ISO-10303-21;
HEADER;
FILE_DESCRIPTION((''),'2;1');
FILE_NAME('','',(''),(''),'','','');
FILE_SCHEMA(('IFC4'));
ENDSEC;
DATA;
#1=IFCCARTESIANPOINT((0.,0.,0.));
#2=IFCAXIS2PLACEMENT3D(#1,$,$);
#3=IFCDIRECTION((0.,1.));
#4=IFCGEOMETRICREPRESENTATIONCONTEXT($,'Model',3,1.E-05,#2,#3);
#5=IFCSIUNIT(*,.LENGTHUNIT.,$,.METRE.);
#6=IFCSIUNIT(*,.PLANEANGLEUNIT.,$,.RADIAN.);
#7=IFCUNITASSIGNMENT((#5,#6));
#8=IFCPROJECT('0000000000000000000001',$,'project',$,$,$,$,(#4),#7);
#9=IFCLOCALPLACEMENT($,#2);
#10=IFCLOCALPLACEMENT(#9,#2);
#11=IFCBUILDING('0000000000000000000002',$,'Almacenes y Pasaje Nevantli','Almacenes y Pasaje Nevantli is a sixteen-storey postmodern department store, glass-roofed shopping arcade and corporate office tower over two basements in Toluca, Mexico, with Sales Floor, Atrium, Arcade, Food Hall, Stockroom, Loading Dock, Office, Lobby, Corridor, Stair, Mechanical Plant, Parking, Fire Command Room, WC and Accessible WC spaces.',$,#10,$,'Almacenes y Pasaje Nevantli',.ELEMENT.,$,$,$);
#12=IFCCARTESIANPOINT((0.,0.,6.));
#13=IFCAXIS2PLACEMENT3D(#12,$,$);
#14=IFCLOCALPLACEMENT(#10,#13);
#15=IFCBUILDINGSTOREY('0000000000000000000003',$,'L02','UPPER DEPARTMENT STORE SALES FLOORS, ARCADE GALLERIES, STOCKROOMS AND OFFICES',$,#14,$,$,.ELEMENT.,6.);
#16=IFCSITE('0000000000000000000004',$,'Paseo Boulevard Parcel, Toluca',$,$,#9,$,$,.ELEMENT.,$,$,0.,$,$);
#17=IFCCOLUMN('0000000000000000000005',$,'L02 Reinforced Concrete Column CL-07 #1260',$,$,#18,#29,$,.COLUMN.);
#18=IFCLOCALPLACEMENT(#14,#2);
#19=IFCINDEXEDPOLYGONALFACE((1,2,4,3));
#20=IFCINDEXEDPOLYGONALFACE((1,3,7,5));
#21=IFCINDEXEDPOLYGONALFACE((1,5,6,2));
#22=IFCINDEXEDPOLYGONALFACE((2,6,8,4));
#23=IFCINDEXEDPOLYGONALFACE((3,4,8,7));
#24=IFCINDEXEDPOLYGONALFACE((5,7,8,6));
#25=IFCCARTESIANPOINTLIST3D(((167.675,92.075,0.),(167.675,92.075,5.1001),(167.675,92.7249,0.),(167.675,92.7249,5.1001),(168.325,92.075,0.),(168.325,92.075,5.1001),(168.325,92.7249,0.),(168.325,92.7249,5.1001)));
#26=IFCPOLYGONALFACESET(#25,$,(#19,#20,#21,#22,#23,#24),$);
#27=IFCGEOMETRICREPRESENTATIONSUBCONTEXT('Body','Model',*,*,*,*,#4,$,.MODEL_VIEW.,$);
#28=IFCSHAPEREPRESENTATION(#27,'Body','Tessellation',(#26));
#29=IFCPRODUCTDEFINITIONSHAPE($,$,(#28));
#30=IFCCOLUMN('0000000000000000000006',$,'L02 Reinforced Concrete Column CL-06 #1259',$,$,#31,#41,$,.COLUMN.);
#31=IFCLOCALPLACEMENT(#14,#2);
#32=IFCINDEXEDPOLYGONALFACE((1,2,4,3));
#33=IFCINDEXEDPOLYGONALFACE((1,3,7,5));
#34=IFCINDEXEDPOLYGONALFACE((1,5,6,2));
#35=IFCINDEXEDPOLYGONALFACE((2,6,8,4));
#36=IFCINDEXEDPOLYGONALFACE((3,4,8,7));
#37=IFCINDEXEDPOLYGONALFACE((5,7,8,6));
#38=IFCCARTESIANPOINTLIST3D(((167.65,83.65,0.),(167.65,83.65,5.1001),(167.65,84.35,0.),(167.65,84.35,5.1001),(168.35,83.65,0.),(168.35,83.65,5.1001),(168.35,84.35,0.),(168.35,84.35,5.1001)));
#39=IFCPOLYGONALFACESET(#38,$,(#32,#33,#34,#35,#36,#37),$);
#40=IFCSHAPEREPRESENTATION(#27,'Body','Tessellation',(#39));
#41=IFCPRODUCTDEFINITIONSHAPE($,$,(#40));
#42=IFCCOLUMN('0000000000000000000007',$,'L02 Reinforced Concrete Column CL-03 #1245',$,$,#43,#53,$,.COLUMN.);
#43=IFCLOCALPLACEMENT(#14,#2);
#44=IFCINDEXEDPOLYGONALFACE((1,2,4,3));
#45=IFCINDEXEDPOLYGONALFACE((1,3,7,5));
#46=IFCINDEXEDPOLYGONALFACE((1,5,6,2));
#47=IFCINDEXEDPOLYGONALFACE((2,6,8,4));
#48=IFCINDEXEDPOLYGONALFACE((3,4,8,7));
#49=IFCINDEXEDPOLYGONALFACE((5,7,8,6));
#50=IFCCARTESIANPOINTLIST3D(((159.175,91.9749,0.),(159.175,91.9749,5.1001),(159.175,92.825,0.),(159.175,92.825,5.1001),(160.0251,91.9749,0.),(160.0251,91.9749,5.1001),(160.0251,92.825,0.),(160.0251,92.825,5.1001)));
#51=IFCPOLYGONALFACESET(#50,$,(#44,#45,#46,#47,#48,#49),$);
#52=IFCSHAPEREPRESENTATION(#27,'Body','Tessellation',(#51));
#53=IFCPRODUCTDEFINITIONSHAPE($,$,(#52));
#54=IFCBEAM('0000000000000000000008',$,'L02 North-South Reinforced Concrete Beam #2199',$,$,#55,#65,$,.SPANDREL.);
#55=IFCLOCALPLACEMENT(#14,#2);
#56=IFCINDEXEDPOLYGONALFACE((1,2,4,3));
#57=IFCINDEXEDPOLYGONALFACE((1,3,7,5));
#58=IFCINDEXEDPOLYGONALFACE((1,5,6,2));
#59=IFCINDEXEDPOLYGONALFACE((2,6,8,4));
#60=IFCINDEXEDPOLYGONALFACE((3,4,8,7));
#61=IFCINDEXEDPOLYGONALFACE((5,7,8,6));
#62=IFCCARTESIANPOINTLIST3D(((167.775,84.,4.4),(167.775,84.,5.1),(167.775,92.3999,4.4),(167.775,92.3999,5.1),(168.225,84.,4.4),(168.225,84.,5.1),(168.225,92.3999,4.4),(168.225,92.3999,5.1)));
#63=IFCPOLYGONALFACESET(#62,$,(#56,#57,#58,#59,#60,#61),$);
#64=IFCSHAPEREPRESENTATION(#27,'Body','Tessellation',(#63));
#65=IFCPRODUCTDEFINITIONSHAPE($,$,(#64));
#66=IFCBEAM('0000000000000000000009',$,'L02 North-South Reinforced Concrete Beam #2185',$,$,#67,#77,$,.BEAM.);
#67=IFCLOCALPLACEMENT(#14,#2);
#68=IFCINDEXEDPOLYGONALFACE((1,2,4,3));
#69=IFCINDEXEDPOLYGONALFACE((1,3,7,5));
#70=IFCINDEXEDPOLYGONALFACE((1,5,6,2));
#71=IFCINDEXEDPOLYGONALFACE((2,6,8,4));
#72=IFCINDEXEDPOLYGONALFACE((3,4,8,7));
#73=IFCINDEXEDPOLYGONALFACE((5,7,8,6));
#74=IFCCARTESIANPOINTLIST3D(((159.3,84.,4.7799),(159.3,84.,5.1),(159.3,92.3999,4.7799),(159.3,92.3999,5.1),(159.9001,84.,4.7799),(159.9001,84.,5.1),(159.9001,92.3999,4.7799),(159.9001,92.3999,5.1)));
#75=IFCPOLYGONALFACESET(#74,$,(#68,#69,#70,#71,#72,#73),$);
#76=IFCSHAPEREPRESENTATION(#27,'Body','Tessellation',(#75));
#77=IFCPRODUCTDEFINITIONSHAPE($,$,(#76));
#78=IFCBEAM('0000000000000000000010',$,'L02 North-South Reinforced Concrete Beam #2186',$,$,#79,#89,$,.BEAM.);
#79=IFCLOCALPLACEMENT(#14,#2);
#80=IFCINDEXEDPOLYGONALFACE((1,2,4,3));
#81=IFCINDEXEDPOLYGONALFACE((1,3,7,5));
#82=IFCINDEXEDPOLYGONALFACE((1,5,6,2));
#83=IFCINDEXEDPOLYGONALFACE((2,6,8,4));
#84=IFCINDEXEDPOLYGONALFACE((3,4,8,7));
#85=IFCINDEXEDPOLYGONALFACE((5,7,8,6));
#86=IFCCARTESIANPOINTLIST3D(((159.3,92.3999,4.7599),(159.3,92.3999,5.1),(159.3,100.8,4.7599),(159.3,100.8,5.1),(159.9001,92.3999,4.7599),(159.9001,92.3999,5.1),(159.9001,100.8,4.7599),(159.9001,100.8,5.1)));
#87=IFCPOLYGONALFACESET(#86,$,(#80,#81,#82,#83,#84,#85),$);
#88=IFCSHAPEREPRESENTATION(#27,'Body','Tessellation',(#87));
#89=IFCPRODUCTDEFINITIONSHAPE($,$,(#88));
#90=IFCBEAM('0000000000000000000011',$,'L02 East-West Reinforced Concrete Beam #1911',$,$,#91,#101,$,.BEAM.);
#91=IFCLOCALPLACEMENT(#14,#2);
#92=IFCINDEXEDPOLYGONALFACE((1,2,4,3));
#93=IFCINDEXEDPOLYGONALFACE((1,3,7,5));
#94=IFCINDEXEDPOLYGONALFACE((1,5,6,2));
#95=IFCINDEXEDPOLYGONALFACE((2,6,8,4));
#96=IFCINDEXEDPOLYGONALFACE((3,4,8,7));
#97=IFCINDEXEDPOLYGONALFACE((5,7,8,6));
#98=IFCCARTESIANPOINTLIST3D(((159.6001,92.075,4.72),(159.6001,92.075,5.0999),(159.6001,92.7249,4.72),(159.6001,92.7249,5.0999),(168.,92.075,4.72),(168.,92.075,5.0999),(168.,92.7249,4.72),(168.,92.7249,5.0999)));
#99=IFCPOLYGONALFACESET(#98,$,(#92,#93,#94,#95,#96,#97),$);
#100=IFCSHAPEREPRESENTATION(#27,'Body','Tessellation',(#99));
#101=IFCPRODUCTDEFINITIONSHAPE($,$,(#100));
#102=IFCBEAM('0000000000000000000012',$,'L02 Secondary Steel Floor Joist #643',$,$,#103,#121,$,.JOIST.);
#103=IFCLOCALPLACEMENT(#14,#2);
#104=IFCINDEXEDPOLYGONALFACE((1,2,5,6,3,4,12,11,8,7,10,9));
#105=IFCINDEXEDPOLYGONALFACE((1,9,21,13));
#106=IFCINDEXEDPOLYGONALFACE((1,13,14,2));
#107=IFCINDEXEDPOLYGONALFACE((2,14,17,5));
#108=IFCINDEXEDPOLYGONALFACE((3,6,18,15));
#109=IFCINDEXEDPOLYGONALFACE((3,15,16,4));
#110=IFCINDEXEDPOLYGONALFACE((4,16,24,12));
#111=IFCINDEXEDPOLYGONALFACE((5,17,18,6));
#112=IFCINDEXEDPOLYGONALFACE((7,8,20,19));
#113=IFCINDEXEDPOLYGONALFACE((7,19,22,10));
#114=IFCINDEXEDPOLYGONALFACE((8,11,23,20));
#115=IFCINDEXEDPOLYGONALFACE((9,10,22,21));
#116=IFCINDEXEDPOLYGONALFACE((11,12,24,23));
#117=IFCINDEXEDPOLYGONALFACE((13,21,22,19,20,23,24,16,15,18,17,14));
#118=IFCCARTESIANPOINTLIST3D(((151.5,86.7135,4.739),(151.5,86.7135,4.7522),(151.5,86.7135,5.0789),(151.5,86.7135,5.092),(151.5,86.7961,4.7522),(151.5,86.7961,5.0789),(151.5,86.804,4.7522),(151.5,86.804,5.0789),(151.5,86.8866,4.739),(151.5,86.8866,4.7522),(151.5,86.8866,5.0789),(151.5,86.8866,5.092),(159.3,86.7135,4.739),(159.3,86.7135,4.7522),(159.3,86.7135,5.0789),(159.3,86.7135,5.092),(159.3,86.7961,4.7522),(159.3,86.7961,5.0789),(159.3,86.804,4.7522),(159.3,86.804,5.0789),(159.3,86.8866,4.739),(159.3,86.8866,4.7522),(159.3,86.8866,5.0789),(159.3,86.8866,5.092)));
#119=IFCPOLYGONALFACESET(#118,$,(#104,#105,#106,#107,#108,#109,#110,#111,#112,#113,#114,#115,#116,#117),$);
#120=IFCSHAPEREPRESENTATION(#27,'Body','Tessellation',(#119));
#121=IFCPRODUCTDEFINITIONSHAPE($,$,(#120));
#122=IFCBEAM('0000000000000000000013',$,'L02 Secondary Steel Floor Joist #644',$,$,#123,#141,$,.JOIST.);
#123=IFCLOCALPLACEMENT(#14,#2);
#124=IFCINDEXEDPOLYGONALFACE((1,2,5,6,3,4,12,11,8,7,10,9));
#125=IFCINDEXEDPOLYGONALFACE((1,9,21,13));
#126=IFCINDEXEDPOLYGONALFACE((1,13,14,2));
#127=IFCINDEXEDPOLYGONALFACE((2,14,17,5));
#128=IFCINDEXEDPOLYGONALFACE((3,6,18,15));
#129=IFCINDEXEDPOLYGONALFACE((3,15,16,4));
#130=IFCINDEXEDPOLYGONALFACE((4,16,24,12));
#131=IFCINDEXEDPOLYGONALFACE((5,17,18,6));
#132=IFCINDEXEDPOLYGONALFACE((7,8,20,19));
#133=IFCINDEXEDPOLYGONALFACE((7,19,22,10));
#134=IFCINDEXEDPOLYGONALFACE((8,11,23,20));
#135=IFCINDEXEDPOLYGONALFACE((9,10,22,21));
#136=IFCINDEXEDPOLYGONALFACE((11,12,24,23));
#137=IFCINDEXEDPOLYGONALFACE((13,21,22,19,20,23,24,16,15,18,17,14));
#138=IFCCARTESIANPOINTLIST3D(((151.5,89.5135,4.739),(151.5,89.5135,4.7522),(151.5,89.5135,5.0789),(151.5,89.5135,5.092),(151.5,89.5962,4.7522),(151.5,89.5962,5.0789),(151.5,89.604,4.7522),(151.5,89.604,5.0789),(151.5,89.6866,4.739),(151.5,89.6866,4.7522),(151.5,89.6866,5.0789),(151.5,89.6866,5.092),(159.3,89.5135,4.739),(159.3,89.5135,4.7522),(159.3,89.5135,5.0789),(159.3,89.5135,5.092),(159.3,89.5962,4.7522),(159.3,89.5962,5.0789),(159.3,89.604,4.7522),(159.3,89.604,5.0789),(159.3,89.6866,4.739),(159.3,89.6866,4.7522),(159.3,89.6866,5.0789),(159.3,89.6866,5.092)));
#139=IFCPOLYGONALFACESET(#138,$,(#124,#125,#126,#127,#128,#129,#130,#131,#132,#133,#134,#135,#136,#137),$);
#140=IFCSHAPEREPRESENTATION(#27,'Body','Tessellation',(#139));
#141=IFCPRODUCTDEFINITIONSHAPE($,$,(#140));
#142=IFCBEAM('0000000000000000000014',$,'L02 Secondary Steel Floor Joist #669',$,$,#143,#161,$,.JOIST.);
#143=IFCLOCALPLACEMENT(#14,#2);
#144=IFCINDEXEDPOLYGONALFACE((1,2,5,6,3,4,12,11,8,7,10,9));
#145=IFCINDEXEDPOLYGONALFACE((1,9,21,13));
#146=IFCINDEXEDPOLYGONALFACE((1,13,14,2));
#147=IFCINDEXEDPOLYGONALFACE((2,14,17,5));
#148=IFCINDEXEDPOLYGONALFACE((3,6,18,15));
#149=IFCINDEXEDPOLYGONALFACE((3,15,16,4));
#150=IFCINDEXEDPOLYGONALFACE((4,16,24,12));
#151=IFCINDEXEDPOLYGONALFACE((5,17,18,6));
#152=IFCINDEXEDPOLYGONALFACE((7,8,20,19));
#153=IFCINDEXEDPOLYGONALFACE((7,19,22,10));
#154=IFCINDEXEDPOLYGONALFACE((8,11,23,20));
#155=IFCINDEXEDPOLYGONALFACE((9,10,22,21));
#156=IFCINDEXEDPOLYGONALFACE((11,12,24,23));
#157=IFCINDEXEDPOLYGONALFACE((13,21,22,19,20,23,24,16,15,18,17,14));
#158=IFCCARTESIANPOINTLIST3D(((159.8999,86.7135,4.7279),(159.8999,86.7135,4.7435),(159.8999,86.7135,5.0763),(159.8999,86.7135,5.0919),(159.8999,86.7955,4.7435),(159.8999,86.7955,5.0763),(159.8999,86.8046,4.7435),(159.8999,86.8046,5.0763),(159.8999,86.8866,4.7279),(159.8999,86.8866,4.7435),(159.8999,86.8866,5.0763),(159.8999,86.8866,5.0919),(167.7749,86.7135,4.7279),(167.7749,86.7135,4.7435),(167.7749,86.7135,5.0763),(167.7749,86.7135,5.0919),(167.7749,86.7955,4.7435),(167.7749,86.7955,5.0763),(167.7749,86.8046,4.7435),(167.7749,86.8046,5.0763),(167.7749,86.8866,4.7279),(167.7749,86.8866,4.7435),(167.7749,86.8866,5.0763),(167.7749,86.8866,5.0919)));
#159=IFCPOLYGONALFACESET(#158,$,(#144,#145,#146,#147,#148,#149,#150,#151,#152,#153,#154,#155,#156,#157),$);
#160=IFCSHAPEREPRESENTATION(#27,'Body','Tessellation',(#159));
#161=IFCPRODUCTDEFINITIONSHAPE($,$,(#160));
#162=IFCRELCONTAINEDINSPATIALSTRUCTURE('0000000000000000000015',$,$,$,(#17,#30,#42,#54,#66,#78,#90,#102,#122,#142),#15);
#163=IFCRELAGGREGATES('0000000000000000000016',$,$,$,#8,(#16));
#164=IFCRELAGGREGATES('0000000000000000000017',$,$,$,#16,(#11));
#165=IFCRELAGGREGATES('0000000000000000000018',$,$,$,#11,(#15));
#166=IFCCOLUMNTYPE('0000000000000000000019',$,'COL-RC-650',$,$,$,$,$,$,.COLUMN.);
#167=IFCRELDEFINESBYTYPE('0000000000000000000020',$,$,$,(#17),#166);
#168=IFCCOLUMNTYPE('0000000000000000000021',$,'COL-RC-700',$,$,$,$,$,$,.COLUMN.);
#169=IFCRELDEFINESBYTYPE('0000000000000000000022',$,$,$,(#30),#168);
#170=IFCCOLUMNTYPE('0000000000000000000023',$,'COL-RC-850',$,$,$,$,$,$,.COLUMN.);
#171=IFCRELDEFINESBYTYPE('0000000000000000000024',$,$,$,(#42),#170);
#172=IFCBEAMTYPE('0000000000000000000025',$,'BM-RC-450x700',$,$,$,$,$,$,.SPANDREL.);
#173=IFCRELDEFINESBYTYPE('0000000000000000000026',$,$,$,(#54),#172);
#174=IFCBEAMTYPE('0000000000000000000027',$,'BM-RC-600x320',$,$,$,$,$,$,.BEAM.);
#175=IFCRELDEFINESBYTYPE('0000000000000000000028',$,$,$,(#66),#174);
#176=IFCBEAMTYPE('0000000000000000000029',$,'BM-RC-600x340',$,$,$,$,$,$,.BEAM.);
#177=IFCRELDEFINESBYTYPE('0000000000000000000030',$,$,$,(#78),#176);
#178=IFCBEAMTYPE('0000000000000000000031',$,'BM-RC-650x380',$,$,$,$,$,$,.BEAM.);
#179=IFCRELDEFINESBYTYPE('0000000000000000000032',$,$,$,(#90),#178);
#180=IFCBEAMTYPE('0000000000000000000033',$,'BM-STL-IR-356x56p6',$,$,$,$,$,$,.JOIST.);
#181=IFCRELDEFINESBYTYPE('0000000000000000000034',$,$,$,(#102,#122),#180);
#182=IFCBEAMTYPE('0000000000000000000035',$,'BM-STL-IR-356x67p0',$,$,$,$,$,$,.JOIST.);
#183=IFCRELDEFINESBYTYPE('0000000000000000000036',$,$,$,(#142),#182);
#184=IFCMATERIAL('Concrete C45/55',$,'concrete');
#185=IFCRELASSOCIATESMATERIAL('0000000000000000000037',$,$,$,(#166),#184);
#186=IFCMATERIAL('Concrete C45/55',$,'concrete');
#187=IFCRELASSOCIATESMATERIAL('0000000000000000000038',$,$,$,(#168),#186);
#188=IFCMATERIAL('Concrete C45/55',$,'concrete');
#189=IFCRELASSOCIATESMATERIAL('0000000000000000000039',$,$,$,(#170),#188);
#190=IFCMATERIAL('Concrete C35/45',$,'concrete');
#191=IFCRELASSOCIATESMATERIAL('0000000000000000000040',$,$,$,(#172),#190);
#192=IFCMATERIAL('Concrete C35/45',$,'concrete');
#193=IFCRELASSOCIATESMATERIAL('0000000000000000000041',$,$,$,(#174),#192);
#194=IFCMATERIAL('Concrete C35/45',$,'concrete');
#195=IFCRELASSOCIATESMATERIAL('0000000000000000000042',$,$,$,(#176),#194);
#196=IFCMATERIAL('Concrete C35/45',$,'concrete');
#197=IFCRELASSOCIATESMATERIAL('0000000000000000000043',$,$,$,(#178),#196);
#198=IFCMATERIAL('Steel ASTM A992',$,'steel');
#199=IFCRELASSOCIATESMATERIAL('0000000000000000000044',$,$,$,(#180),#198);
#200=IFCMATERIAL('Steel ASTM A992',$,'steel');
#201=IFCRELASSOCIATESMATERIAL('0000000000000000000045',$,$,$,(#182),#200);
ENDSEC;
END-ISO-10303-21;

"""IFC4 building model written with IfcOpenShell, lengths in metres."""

from ifc_helpers import new_model, si_unit, direction, frame, origin, origin_2d, place, context, subcontext, project, spatial, rectangle, i_section, extrude, material, material_profile, profile_set, type_object, element, save


model = new_model("IFC4")

# Units and contexts
model_context = context("Model", 3, precision=1e-05, world=origin(), true_north=direction((0.0, 1.0)))
body_context = subcontext(model_context, "Body", "Model", "MODEL_VIEW")
ifc_project = project(units=[si_unit("LENGTHUNIT", "METRE"), si_unit("PLANEANGLEUNIT", "RADIAN")], contexts=[model_context])

# Site, building, storey
site_placement = place(None, origin())
site = spatial("IfcSite", under=ifc_project, at=site_placement, Name="Paseo Boulevard Parcel, Toluca", CompositionType="ELEMENT", RefElevation=0.0)
building_placement = place(site_placement, origin())
building = spatial("IfcBuilding", under=site, at=building_placement, Name="Almacenes y Pasaje Nevantli", Description="Almacenes y Pasaje Nevantli is a sixteen-storey postmodern department store, glass-roofed shopping arcade and corporate office tower over two basements in Toluca, Mexico, with Sales Floor, Atrium, Arcade, Food Hall, Stockroom, Loading Dock, Office, Lobby, Corridor, Stair, Mechanical Plant, Parking, Fire Command Room, WC and Accessible WC spaces.", LongName="Almacenes y Pasaje Nevantli", CompositionType="ELEMENT")
storey_placement = place(building_placement, frame((0.0, 0.0, 6.0)))
storey = spatial("IfcBuildingStorey", under=building, at=storey_placement, Name="L02", Description="UPPER DEPARTMENT STORE SALES FLOORS, ARCADE GALLERIES, STOCKROOMS AND OFFICES", CompositionType="ELEMENT", Elevation=6.0)

# Columns
ifc_material_1 = material(Name="Concrete C45/55", Category="concrete")
ifc_material_profile_1 = material_profile(ifc_material_1, rectangle(XDim=0.6499, YDim=0.6499, at=origin_2d()), Name="RC-COL-650x650")
ifc_profile_set_1 = profile_set([ifc_material_profile_1], Name="Concrete C45/55")
column_type_1 = type_object("IfcColumnType", Name="COL-RC-650", PredefinedType="COLUMN", material=ifc_profile_set_1)
column_1_placement = place(storey_placement, frame((168.0, 92.3999, 0.0), z_axis=(0.0, 0.0, 1.0), x_axis=(1.0, 0.0, 0.0)))
element("IfcColumn", 1, at=column_1_placement, inside=storey, type_object=column_type_1, Name="L02 Reinforced Concrete Column CL-07 #1260", PredefinedType="COLUMN", context=body_context, shape_type="SweptSolid", body=[
    extrude(rectangle(XDim=0.6499, YDim=0.6499, at=origin_2d()), origin(), (0.0, 0.0, 1.0), 5.1001),
])
ifc_material_2 = material(Name="Concrete C45/55", Category="concrete")
ifc_material_profile_2 = material_profile(ifc_material_2, rectangle(XDim=0.7, YDim=0.7, at=origin_2d()), Name="RC-COL-700x700")
ifc_profile_set_2 = profile_set([ifc_material_profile_2], Name="Concrete C45/55")
column_type_2 = type_object("IfcColumnType", Name="COL-RC-700", PredefinedType="COLUMN", material=ifc_profile_set_2)
column_2_placement = place(storey_placement, frame((168.0, 84.0, 0.0), z_axis=(0.0, 0.0, 1.0), x_axis=(1.0, 0.0, 0.0)))
element("IfcColumn", 2, at=column_2_placement, inside=storey, type_object=column_type_2, Name="L02 Reinforced Concrete Column CL-06 #1259", PredefinedType="COLUMN", context=body_context, shape_type="SweptSolid", body=[
    extrude(rectangle(XDim=0.7, YDim=0.7, at=origin_2d()), origin(), (0.0, 0.0, 1.0), 5.1001),
])
ifc_material_3 = material(Name="Concrete C45/55", Category="concrete")
ifc_material_profile_3 = material_profile(ifc_material_3, rectangle(XDim=0.8501, YDim=0.8501, at=origin_2d()), Name="RC-COL-850x850")
ifc_profile_set_3 = profile_set([ifc_material_profile_3], Name="Concrete C45/55")
column_type_3 = type_object("IfcColumnType", Name="COL-RC-850", PredefinedType="COLUMN", material=ifc_profile_set_3)
column_3_placement = place(storey_placement, frame((159.6001, 92.3999, 0.0), z_axis=(0.0, 0.0, 1.0), x_axis=(1.0, 0.0, 0.0)))
element("IfcColumn", 3, at=column_3_placement, inside=storey, type_object=column_type_3, Name="L02 Reinforced Concrete Column CL-03 #1245", PredefinedType="COLUMN", context=body_context, shape_type="SweptSolid", body=[
    extrude(rectangle(XDim=0.8501, YDim=0.8501, at=origin_2d()), origin(), (0.0, 0.0, 1.0), 5.1001),
])

# Beams
ifc_material_4 = material(Name="Concrete C35/45", Category="concrete")
ifc_material_profile_4 = material_profile(ifc_material_4, rectangle(XDim=0.45, YDim=0.7, at=origin_2d()), Name="RC-BM-450x700")
ifc_profile_set_4 = profile_set([ifc_material_profile_4], Name="Concrete C35/45")
beam_type_1 = type_object("IfcBeamType", Name="BM-RC-450x700", PredefinedType="SPANDREL", material=ifc_profile_set_4)
beam_1_placement = place(storey_placement, frame((168.0, 84.0, 4.75), z_axis=(0.0, 1.0, 0.0), x_axis=(-1.0, 0.0, 0.0)))
element("IfcBeam", 4, at=beam_1_placement, inside=storey, type_object=beam_type_1, Name="L02 North-South Reinforced Concrete Beam #2199", PredefinedType="SPANDREL", context=body_context, shape_type="SweptSolid", body=[
    extrude(rectangle(XDim=0.45, YDim=0.7, at=origin_2d()), origin(), (0.0, 0.0, 1.0), 8.3999),
])
ifc_material_5 = material(Name="Concrete C35/45", Category="concrete")
ifc_material_profile_5 = material_profile(ifc_material_5, rectangle(XDim=0.6001, YDim=0.3201, at=origin_2d()), Name="RC-BM-600x320")
ifc_profile_set_5 = profile_set([ifc_material_profile_5], Name="Concrete C35/45")
beam_type_2 = type_object("IfcBeamType", Name="BM-RC-600x320", PredefinedType="BEAM", material=ifc_profile_set_5)
beam_2_placement = place(storey_placement, frame((159.6001, 84.0, 4.9399), z_axis=(0.0, 1.0, 0.0), x_axis=(-1.0, 0.0, 0.0)))
element("IfcBeam", 5, at=beam_2_placement, inside=storey, type_object=beam_type_2, Name="L02 North-South Reinforced Concrete Beam #2185", PredefinedType="BEAM", context=body_context, shape_type="SweptSolid", body=[
    extrude(rectangle(XDim=0.6001, YDim=0.3201, at=origin_2d()), origin(), (0.0, 0.0, 1.0), 8.3999),
])
ifc_material_6 = material(Name="Concrete C35/45", Category="concrete")
ifc_material_profile_6 = material_profile(ifc_material_6, rectangle(XDim=0.6001, YDim=0.3401, at=origin_2d()), Name="RC-BM-600x340")
ifc_profile_set_6 = profile_set([ifc_material_profile_6], Name="Concrete C35/45")
beam_type_3 = type_object("IfcBeamType", Name="BM-RC-600x340", PredefinedType="BEAM", material=ifc_profile_set_6)
beam_3_placement = place(storey_placement, frame((159.6001, 92.3999, 4.9299), z_axis=(0.0, 1.0, 0.0), x_axis=(-1.0, 0.0, 0.0)))
element("IfcBeam", 6, at=beam_3_placement, inside=storey, type_object=beam_type_3, Name="L02 North-South Reinforced Concrete Beam #2186", PredefinedType="BEAM", context=body_context, shape_type="SweptSolid", body=[
    extrude(rectangle(XDim=0.6001, YDim=0.3401, at=origin_2d()), origin(), (0.0, 0.0, 1.0), 8.4001),
])
ifc_material_7 = material(Name="Concrete C35/45", Category="concrete")
ifc_material_profile_7 = material_profile(ifc_material_7, rectangle(XDim=0.6499, YDim=0.3799, at=origin_2d()), Name="RC-BM-650x380")
ifc_profile_set_7 = profile_set([ifc_material_profile_7], Name="Concrete C35/45")
beam_type_4 = type_object("IfcBeamType", Name="BM-RC-650x380", PredefinedType="BEAM", material=ifc_profile_set_7)
beam_4_placement = place(storey_placement, frame((159.6001, 92.3999, 4.9099), z_axis=(1.0, 0.0, 0.0), x_axis=(0.0, 1.0, 0.0)))
element("IfcBeam", 7, at=beam_4_placement, inside=storey, type_object=beam_type_4, Name="L02 East-West Reinforced Concrete Beam #1911", PredefinedType="BEAM", context=body_context, shape_type="SweptSolid", body=[
    extrude(rectangle(XDim=0.6499, YDim=0.3799, at=origin_2d()), origin(), (0.0, 0.0, 1.0), 8.3999),
])
ifc_material_8 = material(Name="Steel ASTM A992", Category="steel")
ifc_material_profile_8 = material_profile(ifc_material_8, i_section(OverallWidth=0.1731, OverallDepth=0.353, WebThickness=0.0078, FlangeThickness=0.0132, at=origin_2d()), Name="IR 356x56.6")
ifc_profile_set_8 = profile_set([ifc_material_profile_8], Name="Steel ASTM A992")
beam_type_5 = type_object("IfcBeamType", Name="BM-STL-IR-356x56p6", PredefinedType="JOIST", material=ifc_profile_set_8)
for number, where, z_axis, x_axis, name in (
    (8, (151.5, 86.8, 4.9155), (1.0, 0.0, 0.0), (0.0, 1.0, 0.0), "L02 Secondary Steel Floor Joist #643"),
    (9, (151.5, 89.6001, 4.9155), (1.0, 0.0, 0.0), (0.0, 1.0, 0.0), "L02 Secondary Steel Floor Joist #644"),
):
    element("IfcBeam", number, at=place(storey_placement, frame(where, z_axis=z_axis, x_axis=x_axis)), inside=storey, type_object=beam_type_5, Name=name, PredefinedType="JOIST", context=body_context, shape_type="SweptSolid", body=[
        extrude(i_section(OverallWidth=0.1731, OverallDepth=0.353, WebThickness=0.0078, FlangeThickness=0.0132, at=origin_2d()), origin(), (0.0, 0.0, 1.0), 7.8),
    ])
ifc_material_9 = material(Name="Steel ASTM A992", Category="steel")
ifc_material_profile_9 = material_profile(ifc_material_9, i_section(OverallWidth=0.1731, OverallDepth=0.364, WebThickness=0.009, FlangeThickness=0.0156, at=origin_2d()), Name="IR 356x67.0")
ifc_profile_set_9 = profile_set([ifc_material_profile_9], Name="Steel ASTM A992")
beam_type_6 = type_object("IfcBeamType", Name="BM-STL-IR-356x67p0", PredefinedType="JOIST", material=ifc_profile_set_9)
for number, where, z_axis, x_axis, name in (
    (10, (159.8999, 86.8, 4.9099), (1.0, 0.0, 0.0), (0.0, 1.0, 0.0), "L02 Secondary Steel Floor Joist #669"),
):
    element("IfcBeam", number, at=place(storey_placement, frame(where, z_axis=z_axis, x_axis=x_axis)), inside=storey, type_object=beam_type_6, Name=name, PredefinedType="JOIST", context=body_context, shape_type="SweptSolid", body=[
        extrude(i_section(OverallWidth=0.1731, OverallDepth=0.364, WebThickness=0.009, FlangeThickness=0.0156, at=origin_2d()), origin(), (0.0, 0.0, 1.0), 7.875),
    ])

save(model, "model.ifc")
